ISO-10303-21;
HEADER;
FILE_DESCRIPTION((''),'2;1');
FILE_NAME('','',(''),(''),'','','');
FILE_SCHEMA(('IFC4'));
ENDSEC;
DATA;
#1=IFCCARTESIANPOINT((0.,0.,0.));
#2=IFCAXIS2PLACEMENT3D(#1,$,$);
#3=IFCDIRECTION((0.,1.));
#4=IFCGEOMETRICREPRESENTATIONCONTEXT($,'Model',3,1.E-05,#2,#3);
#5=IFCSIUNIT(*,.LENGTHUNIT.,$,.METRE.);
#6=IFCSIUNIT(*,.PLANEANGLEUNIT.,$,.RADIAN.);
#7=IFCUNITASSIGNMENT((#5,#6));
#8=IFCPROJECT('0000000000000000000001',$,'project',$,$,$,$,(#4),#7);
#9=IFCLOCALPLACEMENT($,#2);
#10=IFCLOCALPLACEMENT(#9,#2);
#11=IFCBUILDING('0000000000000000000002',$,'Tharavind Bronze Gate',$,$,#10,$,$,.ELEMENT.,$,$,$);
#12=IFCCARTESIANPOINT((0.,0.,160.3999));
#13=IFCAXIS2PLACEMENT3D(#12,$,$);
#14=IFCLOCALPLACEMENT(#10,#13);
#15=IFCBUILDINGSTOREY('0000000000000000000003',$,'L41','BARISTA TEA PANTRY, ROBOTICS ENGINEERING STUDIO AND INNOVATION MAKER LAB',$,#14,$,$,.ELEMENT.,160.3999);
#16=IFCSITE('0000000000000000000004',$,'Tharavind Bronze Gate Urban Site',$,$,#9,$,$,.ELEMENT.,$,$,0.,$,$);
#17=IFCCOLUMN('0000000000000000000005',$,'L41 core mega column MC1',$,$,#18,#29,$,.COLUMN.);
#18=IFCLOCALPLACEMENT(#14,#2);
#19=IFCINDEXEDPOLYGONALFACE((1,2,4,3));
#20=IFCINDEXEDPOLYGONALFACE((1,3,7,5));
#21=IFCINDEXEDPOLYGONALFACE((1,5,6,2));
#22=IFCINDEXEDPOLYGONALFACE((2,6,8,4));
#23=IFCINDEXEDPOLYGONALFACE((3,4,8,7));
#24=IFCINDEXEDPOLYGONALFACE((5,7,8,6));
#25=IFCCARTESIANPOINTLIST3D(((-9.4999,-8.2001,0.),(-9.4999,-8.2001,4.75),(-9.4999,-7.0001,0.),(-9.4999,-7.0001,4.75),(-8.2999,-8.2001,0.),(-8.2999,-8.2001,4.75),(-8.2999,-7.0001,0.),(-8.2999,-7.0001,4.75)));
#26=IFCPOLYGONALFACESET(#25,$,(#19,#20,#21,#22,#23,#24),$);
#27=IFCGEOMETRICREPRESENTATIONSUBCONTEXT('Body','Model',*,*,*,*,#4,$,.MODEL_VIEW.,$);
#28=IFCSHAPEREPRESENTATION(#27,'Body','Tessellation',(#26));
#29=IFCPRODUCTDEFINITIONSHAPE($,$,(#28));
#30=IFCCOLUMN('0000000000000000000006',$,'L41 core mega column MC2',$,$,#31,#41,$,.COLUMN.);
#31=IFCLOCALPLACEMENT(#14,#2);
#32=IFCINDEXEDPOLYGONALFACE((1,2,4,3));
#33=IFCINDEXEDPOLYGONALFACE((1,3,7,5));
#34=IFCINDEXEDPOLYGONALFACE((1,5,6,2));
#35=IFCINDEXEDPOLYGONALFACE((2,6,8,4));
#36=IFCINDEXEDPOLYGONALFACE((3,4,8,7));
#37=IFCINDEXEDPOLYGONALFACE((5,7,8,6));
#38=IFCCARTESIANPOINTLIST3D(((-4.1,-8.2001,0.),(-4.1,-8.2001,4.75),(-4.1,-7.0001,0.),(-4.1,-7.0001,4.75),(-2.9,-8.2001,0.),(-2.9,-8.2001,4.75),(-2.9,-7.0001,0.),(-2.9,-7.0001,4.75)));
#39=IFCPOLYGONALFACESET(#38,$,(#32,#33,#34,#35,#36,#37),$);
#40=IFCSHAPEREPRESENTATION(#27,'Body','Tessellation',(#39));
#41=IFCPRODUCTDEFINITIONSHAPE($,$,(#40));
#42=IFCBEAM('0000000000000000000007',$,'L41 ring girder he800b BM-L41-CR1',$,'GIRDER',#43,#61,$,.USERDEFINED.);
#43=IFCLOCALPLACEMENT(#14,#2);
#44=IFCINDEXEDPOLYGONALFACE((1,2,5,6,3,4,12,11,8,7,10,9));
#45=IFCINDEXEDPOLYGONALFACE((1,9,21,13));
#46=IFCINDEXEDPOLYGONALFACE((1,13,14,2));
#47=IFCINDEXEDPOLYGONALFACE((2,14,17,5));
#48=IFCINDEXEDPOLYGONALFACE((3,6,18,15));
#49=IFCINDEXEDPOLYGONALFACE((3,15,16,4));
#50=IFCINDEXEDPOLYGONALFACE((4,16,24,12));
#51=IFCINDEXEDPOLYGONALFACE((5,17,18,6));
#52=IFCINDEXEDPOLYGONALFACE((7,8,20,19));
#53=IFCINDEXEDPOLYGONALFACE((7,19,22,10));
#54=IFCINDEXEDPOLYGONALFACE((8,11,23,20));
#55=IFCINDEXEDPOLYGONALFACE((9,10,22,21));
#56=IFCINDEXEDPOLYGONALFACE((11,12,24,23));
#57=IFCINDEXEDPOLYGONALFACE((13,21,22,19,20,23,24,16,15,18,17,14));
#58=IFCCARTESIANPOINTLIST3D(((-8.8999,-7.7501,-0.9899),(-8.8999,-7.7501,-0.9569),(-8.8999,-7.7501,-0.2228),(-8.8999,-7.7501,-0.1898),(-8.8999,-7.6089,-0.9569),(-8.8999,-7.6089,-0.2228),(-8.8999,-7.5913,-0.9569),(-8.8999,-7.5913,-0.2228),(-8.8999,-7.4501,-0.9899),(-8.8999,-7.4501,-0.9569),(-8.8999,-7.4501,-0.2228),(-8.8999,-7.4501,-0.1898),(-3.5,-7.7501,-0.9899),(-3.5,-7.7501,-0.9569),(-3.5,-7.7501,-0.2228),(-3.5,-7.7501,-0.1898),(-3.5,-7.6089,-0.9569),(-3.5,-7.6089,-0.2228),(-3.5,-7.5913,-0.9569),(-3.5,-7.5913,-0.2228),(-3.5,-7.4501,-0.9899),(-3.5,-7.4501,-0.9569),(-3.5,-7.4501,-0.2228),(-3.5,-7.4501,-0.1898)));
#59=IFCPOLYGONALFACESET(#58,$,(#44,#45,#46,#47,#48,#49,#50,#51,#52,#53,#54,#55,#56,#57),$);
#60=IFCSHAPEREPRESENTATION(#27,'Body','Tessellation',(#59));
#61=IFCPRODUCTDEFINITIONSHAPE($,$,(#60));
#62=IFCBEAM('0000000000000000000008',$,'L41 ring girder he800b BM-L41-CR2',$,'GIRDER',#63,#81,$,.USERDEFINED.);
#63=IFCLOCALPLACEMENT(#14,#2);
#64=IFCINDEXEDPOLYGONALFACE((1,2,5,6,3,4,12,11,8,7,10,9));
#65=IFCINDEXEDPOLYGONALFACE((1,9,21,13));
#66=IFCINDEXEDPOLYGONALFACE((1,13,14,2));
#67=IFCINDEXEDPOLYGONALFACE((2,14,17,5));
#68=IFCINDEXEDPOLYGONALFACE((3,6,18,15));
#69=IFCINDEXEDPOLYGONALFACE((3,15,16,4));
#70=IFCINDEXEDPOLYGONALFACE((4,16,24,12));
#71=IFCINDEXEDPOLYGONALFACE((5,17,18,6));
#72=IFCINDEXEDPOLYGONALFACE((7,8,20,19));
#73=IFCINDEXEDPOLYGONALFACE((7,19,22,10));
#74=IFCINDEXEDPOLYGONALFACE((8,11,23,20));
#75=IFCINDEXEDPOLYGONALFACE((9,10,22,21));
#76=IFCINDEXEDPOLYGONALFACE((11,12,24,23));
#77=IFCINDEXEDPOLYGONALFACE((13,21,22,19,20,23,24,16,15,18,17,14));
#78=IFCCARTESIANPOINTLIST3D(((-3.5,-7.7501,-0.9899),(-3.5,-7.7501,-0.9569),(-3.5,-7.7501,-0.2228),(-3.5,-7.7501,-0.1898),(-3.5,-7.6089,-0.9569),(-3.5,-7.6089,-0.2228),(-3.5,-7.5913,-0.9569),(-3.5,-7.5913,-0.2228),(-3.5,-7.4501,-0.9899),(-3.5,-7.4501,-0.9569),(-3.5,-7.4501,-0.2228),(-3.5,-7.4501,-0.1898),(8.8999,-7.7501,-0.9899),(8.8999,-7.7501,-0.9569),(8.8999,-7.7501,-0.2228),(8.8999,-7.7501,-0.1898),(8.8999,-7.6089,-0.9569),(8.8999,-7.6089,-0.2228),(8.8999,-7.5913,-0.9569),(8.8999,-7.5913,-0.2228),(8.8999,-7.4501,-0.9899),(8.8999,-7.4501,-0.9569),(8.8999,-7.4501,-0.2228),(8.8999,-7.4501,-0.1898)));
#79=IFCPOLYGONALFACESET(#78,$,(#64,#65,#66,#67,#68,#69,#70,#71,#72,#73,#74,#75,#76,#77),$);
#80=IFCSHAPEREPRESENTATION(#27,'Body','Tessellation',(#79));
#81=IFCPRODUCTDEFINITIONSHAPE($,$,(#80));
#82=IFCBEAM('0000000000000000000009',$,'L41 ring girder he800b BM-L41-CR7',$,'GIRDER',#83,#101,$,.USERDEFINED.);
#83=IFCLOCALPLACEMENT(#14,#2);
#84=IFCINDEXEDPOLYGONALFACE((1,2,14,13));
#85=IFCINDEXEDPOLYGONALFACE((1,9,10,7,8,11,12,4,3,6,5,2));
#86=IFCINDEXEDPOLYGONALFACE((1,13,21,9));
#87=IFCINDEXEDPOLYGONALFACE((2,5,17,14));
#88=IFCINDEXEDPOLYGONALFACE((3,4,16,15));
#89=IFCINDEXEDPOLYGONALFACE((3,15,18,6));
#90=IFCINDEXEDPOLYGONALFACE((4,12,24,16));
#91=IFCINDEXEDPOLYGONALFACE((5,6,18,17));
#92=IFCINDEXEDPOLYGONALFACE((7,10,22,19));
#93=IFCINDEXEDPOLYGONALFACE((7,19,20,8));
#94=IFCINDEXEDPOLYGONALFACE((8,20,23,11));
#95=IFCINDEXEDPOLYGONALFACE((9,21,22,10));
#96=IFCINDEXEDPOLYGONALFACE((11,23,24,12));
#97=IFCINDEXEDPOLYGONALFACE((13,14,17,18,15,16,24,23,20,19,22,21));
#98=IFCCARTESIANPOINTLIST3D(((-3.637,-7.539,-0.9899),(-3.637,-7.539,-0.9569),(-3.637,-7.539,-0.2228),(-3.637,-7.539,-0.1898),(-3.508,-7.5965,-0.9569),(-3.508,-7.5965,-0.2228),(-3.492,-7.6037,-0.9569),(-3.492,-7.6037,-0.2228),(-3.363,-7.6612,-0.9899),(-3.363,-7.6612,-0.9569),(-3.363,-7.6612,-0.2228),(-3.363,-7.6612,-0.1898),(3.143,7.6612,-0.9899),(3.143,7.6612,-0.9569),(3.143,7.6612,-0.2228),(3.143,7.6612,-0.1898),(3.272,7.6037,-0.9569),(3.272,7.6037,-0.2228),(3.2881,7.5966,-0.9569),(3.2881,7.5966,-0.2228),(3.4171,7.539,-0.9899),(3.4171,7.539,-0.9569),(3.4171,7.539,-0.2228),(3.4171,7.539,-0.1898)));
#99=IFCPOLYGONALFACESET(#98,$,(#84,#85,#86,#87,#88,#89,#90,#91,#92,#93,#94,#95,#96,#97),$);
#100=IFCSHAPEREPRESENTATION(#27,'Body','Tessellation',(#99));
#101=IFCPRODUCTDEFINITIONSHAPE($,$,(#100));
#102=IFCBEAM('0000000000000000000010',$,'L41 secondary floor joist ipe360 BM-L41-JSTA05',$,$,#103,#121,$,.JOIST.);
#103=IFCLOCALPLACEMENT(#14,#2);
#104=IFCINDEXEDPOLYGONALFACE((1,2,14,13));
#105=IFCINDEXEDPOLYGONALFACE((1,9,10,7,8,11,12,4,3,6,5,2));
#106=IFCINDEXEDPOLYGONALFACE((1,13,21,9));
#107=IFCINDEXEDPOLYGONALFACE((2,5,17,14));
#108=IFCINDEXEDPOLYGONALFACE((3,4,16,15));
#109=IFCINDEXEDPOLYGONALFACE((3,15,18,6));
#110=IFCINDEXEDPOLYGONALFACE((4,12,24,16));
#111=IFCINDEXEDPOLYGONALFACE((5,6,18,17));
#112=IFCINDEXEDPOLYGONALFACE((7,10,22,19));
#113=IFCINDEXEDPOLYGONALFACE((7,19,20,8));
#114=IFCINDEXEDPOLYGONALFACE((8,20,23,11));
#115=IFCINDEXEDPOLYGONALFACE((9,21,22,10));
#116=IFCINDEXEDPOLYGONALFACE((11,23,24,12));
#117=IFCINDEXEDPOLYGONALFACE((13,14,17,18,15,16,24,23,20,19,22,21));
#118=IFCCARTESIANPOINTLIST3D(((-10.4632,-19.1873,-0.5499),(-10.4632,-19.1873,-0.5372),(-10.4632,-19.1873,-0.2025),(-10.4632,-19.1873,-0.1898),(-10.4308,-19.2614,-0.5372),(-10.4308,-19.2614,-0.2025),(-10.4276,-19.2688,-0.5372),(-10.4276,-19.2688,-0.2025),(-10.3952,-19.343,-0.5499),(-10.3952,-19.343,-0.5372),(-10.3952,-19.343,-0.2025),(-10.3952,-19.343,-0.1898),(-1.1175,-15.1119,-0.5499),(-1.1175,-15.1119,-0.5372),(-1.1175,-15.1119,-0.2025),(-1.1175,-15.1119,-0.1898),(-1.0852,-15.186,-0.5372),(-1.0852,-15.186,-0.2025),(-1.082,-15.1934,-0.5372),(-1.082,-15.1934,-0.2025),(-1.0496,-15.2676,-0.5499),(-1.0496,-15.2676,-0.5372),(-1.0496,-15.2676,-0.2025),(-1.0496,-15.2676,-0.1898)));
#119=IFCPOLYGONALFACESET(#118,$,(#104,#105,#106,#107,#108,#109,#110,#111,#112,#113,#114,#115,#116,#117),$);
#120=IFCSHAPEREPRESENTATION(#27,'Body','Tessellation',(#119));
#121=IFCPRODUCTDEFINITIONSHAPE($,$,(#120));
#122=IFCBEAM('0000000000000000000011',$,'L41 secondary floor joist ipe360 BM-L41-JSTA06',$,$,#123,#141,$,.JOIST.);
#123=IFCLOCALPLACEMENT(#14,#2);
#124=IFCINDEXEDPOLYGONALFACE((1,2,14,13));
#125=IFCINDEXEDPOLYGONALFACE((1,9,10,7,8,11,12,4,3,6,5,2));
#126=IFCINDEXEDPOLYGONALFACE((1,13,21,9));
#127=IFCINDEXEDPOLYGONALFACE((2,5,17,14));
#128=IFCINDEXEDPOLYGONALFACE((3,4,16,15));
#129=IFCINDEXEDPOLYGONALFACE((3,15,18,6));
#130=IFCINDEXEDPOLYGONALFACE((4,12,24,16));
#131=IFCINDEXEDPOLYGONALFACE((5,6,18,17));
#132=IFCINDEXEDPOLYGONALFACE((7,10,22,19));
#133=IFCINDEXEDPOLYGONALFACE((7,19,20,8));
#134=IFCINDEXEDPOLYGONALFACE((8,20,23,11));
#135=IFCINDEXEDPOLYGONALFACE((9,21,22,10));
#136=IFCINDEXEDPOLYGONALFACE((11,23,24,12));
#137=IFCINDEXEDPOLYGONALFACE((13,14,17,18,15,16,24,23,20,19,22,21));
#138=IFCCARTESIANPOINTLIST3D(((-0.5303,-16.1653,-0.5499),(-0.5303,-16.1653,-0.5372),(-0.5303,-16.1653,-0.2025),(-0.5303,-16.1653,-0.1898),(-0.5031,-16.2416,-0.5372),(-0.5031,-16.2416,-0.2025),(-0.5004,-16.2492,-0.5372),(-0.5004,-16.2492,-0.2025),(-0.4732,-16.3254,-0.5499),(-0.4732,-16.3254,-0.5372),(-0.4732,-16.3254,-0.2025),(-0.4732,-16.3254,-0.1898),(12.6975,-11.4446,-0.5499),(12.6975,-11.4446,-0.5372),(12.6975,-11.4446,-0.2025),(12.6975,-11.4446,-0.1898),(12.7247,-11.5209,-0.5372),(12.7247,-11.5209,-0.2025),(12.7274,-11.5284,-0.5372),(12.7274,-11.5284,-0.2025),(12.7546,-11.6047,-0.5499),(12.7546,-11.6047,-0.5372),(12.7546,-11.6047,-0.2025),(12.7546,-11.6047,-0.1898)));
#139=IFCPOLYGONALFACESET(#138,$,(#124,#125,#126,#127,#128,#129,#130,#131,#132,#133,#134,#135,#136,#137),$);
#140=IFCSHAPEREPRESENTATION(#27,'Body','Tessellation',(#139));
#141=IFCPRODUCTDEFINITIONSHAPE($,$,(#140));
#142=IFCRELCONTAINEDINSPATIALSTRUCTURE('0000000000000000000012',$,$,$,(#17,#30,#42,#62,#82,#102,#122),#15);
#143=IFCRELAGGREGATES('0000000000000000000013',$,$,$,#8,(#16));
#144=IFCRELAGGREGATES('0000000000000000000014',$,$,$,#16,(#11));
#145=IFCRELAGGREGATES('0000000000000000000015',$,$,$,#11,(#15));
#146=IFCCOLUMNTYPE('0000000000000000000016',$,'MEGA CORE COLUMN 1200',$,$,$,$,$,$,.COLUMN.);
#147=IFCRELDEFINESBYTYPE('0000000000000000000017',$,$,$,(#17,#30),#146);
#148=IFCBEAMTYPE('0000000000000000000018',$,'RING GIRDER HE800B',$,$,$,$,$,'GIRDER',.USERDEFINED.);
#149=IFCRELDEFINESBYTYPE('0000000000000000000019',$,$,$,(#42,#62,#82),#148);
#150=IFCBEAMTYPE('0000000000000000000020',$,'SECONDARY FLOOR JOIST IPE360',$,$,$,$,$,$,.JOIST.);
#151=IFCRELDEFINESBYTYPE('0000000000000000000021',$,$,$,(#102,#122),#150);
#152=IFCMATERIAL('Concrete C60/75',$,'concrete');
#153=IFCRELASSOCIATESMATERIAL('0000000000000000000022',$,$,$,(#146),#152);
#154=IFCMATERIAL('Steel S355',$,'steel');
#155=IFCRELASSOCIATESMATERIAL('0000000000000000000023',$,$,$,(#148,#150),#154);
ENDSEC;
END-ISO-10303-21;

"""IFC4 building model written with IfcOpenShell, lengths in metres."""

from ifc_helpers import new_model, si_unit, direction, frame, origin, origin_2d, place, context, subcontext, project, spatial, rectangle, i_section, extrude, material, material_profile, profile_set, type_object, element, save


model = new_model("IFC4")

# Units and contexts
model_context = context("Model", 3, precision=1e-05, world=origin(), true_north=direction((0.0, 1.0)))
body_context = subcontext(model_context, "Body", "Model", "MODEL_VIEW")
ifc_project = project(units=[si_unit("LENGTHUNIT", "METRE"), si_unit("PLANEANGLEUNIT", "RADIAN")], contexts=[model_context])

# Site, building, storey
site_placement = place(None, origin())
site = spatial("IfcSite", under=ifc_project, at=site_placement, Name="Tharavind Bronze Gate Urban Site", CompositionType="ELEMENT", RefElevation=0.0)
building_placement = place(site_placement, origin())
building = spatial("IfcBuilding", under=site, at=building_placement, Name="Tharavind Bronze Gate", CompositionType="ELEMENT")
storey_placement = place(building_placement, frame((0.0, 0.0, 160.3999)))
storey = spatial("IfcBuildingStorey", under=building, at=storey_placement, Name="L41", Description="BARISTA TEA PANTRY, ROBOTICS ENGINEERING STUDIO AND INNOVATION MAKER LAB", CompositionType="ELEMENT", Elevation=160.3999)

# Columns
ifc_material_1 = material(Name="Concrete C60/75", Category="concrete")
ifc_material_profile_1 = material_profile(ifc_material_1, rectangle(XDim=1.2, YDim=1.2, at=origin_2d()), Name="RCCOL1200")
ifc_profile_set_1 = profile_set([ifc_material_profile_1], Name="Concrete C60/75")
column_type = type_object("IfcColumnType", Name="MEGA CORE COLUMN 1200", PredefinedType="COLUMN", material=ifc_profile_set_1)
for number, where, z_axis, x_axis, name in (
    (1, (-8.8999, -7.6001, 0.0), (0.0, 0.0, 1.0), (1.0, 0.0, 0.0), "L41 core mega column MC1"),
    (2, (-3.5, -7.6001, 0.0), (0.0, 0.0, 1.0), (1.0, 0.0, 0.0), "L41 core mega column MC2"),
):
    element("IfcColumn", number, at=place(storey_placement, frame(where, z_axis=z_axis, x_axis=x_axis)), inside=storey, type_object=column_type, Name=name, PredefinedType="COLUMN", context=body_context, shape_type="SweptSolid", body=[
        extrude(rectangle(XDim=1.2, YDim=1.2, at=origin_2d()), origin(), (0.0, 0.0, 1.0), 4.75),
    ])

# Beams
ifc_material_2 = material(Name="Steel S355", Category="steel")
ifc_material_profile_2 = material_profile(ifc_material_2, i_section(OverallWidth=0.3, OverallDepth=0.8, WebThickness=0.0176, FlangeThickness=0.033, at=origin_2d()), Name="HE800B")
ifc_profile_set_2 = profile_set([ifc_material_profile_2], Name="Steel S355")
beam_type_1 = type_object("IfcBeamType", Name="RING GIRDER HE800B", ElementType="GIRDER", PredefinedType="USERDEFINED", material=ifc_profile_set_2)
beam_1_placement = place(storey_placement, frame((-8.8999, -7.6001, -0.5898), z_axis=(1.0, 0.0, 0.0), x_axis=(0.0, 1.0, 0.0)))
element("IfcBeam", 3, at=beam_1_placement, inside=storey, type_object=beam_type_1, Name="L41 ring girder he800b BM-L41-CR1", ObjectType="GIRDER", PredefinedType="USERDEFINED", context=body_context, shape_type="SweptSolid", body=[
    extrude(i_section(OverallWidth=0.3, OverallDepth=0.8, WebThickness=0.0176, FlangeThickness=0.033, at=origin_2d()), origin(), (0.0, 0.0, 1.0), 5.3999),
])
beam_2_placement = place(storey_placement, frame((-3.5, -7.6001, -0.5898), z_axis=(1.0, 0.0, 0.0), x_axis=(0.0, 1.0, 0.0)))
element("IfcBeam", 4, at=beam_2_placement, inside=storey, type_object=beam_type_1, Name="L41 ring girder he800b BM-L41-CR2", ObjectType="GIRDER", PredefinedType="USERDEFINED", context=body_context, shape_type="SweptSolid", body=[
    extrude(i_section(OverallWidth=0.3, OverallDepth=0.8, WebThickness=0.0176, FlangeThickness=0.033, at=origin_2d()), origin(), (0.0, 0.0, 1.0), 12.3999),
])
beam_3_placement = place(storey_placement, frame((-3.5, -7.6001, -0.5898), z_axis=(0.407362, 0.913267, 0.0), x_axis=(-0.913267, 0.407362, 0.0)))
element("IfcBeam", 5, at=beam_3_placement, inside=storey, type_object=beam_type_1, Name="L41 ring girder he800b BM-L41-CR7", ObjectType="GIRDER", PredefinedType="USERDEFINED", context=body_context, shape_type="SweptSolid", body=[
    extrude(i_section(OverallWidth=0.3, OverallDepth=0.8, WebThickness=0.0176, FlangeThickness=0.033, at=origin_2d()), origin(), (0.0, 0.0, 1.0), 16.6438),
])
ifc_material_profile_3 = material_profile(ifc_material_2, i_section(OverallWidth=0.1699, OverallDepth=0.3601, WebThickness=0.0081, FlangeThickness=0.0127, at=origin_2d()), Name="IPE360")
ifc_profile_set_3 = profile_set([ifc_material_profile_3], Name="Steel S355")
beam_type_2 = type_object("IfcBeamType", Name="SECONDARY FLOOR JOIST IPE360", PredefinedType="JOIST", material=ifc_profile_set_3)
beam_4_placement = place(storey_placement, frame((-10.4292, -19.2651, -0.3699), z_axis=(0.916636, 0.399723, 0.0), x_axis=(-0.399723, 0.916636, 0.0)))
element("IfcBeam", 6, at=beam_4_placement, inside=storey, type_object=beam_type_2, Name="L41 secondary floor joist ipe360 BM-L41-JSTA05", PredefinedType="JOIST", context=body_context, shape_type="SweptSolid", body=[
    extrude(i_section(OverallWidth=0.1699, OverallDepth=0.3601, WebThickness=0.0081, FlangeThickness=0.0127, at=origin_2d()), origin(), (0.0, 0.0, 1.0), 10.1956),
])
beam_5_placement = place(storey_placement, frame((-0.5017, -16.2454, -0.3699), z_axis=(0.941821, 0.336115, 0.0), x_axis=(-0.336115, 0.941821, 0.0)))
element("IfcBeam", 7, at=beam_5_placement, inside=storey, type_object=beam_type_2, Name="L41 secondary floor joist ipe360 BM-L41-JSTA06", PredefinedType="JOIST", context=body_context, shape_type="SweptSolid", body=[
    extrude(i_section(OverallWidth=0.1699, OverallDepth=0.3601, WebThickness=0.0081, FlangeThickness=0.0127, at=origin_2d()), origin(), (0.0, 0.0, 1.0), 14.0449),
])

save(model, "model.ifc")
